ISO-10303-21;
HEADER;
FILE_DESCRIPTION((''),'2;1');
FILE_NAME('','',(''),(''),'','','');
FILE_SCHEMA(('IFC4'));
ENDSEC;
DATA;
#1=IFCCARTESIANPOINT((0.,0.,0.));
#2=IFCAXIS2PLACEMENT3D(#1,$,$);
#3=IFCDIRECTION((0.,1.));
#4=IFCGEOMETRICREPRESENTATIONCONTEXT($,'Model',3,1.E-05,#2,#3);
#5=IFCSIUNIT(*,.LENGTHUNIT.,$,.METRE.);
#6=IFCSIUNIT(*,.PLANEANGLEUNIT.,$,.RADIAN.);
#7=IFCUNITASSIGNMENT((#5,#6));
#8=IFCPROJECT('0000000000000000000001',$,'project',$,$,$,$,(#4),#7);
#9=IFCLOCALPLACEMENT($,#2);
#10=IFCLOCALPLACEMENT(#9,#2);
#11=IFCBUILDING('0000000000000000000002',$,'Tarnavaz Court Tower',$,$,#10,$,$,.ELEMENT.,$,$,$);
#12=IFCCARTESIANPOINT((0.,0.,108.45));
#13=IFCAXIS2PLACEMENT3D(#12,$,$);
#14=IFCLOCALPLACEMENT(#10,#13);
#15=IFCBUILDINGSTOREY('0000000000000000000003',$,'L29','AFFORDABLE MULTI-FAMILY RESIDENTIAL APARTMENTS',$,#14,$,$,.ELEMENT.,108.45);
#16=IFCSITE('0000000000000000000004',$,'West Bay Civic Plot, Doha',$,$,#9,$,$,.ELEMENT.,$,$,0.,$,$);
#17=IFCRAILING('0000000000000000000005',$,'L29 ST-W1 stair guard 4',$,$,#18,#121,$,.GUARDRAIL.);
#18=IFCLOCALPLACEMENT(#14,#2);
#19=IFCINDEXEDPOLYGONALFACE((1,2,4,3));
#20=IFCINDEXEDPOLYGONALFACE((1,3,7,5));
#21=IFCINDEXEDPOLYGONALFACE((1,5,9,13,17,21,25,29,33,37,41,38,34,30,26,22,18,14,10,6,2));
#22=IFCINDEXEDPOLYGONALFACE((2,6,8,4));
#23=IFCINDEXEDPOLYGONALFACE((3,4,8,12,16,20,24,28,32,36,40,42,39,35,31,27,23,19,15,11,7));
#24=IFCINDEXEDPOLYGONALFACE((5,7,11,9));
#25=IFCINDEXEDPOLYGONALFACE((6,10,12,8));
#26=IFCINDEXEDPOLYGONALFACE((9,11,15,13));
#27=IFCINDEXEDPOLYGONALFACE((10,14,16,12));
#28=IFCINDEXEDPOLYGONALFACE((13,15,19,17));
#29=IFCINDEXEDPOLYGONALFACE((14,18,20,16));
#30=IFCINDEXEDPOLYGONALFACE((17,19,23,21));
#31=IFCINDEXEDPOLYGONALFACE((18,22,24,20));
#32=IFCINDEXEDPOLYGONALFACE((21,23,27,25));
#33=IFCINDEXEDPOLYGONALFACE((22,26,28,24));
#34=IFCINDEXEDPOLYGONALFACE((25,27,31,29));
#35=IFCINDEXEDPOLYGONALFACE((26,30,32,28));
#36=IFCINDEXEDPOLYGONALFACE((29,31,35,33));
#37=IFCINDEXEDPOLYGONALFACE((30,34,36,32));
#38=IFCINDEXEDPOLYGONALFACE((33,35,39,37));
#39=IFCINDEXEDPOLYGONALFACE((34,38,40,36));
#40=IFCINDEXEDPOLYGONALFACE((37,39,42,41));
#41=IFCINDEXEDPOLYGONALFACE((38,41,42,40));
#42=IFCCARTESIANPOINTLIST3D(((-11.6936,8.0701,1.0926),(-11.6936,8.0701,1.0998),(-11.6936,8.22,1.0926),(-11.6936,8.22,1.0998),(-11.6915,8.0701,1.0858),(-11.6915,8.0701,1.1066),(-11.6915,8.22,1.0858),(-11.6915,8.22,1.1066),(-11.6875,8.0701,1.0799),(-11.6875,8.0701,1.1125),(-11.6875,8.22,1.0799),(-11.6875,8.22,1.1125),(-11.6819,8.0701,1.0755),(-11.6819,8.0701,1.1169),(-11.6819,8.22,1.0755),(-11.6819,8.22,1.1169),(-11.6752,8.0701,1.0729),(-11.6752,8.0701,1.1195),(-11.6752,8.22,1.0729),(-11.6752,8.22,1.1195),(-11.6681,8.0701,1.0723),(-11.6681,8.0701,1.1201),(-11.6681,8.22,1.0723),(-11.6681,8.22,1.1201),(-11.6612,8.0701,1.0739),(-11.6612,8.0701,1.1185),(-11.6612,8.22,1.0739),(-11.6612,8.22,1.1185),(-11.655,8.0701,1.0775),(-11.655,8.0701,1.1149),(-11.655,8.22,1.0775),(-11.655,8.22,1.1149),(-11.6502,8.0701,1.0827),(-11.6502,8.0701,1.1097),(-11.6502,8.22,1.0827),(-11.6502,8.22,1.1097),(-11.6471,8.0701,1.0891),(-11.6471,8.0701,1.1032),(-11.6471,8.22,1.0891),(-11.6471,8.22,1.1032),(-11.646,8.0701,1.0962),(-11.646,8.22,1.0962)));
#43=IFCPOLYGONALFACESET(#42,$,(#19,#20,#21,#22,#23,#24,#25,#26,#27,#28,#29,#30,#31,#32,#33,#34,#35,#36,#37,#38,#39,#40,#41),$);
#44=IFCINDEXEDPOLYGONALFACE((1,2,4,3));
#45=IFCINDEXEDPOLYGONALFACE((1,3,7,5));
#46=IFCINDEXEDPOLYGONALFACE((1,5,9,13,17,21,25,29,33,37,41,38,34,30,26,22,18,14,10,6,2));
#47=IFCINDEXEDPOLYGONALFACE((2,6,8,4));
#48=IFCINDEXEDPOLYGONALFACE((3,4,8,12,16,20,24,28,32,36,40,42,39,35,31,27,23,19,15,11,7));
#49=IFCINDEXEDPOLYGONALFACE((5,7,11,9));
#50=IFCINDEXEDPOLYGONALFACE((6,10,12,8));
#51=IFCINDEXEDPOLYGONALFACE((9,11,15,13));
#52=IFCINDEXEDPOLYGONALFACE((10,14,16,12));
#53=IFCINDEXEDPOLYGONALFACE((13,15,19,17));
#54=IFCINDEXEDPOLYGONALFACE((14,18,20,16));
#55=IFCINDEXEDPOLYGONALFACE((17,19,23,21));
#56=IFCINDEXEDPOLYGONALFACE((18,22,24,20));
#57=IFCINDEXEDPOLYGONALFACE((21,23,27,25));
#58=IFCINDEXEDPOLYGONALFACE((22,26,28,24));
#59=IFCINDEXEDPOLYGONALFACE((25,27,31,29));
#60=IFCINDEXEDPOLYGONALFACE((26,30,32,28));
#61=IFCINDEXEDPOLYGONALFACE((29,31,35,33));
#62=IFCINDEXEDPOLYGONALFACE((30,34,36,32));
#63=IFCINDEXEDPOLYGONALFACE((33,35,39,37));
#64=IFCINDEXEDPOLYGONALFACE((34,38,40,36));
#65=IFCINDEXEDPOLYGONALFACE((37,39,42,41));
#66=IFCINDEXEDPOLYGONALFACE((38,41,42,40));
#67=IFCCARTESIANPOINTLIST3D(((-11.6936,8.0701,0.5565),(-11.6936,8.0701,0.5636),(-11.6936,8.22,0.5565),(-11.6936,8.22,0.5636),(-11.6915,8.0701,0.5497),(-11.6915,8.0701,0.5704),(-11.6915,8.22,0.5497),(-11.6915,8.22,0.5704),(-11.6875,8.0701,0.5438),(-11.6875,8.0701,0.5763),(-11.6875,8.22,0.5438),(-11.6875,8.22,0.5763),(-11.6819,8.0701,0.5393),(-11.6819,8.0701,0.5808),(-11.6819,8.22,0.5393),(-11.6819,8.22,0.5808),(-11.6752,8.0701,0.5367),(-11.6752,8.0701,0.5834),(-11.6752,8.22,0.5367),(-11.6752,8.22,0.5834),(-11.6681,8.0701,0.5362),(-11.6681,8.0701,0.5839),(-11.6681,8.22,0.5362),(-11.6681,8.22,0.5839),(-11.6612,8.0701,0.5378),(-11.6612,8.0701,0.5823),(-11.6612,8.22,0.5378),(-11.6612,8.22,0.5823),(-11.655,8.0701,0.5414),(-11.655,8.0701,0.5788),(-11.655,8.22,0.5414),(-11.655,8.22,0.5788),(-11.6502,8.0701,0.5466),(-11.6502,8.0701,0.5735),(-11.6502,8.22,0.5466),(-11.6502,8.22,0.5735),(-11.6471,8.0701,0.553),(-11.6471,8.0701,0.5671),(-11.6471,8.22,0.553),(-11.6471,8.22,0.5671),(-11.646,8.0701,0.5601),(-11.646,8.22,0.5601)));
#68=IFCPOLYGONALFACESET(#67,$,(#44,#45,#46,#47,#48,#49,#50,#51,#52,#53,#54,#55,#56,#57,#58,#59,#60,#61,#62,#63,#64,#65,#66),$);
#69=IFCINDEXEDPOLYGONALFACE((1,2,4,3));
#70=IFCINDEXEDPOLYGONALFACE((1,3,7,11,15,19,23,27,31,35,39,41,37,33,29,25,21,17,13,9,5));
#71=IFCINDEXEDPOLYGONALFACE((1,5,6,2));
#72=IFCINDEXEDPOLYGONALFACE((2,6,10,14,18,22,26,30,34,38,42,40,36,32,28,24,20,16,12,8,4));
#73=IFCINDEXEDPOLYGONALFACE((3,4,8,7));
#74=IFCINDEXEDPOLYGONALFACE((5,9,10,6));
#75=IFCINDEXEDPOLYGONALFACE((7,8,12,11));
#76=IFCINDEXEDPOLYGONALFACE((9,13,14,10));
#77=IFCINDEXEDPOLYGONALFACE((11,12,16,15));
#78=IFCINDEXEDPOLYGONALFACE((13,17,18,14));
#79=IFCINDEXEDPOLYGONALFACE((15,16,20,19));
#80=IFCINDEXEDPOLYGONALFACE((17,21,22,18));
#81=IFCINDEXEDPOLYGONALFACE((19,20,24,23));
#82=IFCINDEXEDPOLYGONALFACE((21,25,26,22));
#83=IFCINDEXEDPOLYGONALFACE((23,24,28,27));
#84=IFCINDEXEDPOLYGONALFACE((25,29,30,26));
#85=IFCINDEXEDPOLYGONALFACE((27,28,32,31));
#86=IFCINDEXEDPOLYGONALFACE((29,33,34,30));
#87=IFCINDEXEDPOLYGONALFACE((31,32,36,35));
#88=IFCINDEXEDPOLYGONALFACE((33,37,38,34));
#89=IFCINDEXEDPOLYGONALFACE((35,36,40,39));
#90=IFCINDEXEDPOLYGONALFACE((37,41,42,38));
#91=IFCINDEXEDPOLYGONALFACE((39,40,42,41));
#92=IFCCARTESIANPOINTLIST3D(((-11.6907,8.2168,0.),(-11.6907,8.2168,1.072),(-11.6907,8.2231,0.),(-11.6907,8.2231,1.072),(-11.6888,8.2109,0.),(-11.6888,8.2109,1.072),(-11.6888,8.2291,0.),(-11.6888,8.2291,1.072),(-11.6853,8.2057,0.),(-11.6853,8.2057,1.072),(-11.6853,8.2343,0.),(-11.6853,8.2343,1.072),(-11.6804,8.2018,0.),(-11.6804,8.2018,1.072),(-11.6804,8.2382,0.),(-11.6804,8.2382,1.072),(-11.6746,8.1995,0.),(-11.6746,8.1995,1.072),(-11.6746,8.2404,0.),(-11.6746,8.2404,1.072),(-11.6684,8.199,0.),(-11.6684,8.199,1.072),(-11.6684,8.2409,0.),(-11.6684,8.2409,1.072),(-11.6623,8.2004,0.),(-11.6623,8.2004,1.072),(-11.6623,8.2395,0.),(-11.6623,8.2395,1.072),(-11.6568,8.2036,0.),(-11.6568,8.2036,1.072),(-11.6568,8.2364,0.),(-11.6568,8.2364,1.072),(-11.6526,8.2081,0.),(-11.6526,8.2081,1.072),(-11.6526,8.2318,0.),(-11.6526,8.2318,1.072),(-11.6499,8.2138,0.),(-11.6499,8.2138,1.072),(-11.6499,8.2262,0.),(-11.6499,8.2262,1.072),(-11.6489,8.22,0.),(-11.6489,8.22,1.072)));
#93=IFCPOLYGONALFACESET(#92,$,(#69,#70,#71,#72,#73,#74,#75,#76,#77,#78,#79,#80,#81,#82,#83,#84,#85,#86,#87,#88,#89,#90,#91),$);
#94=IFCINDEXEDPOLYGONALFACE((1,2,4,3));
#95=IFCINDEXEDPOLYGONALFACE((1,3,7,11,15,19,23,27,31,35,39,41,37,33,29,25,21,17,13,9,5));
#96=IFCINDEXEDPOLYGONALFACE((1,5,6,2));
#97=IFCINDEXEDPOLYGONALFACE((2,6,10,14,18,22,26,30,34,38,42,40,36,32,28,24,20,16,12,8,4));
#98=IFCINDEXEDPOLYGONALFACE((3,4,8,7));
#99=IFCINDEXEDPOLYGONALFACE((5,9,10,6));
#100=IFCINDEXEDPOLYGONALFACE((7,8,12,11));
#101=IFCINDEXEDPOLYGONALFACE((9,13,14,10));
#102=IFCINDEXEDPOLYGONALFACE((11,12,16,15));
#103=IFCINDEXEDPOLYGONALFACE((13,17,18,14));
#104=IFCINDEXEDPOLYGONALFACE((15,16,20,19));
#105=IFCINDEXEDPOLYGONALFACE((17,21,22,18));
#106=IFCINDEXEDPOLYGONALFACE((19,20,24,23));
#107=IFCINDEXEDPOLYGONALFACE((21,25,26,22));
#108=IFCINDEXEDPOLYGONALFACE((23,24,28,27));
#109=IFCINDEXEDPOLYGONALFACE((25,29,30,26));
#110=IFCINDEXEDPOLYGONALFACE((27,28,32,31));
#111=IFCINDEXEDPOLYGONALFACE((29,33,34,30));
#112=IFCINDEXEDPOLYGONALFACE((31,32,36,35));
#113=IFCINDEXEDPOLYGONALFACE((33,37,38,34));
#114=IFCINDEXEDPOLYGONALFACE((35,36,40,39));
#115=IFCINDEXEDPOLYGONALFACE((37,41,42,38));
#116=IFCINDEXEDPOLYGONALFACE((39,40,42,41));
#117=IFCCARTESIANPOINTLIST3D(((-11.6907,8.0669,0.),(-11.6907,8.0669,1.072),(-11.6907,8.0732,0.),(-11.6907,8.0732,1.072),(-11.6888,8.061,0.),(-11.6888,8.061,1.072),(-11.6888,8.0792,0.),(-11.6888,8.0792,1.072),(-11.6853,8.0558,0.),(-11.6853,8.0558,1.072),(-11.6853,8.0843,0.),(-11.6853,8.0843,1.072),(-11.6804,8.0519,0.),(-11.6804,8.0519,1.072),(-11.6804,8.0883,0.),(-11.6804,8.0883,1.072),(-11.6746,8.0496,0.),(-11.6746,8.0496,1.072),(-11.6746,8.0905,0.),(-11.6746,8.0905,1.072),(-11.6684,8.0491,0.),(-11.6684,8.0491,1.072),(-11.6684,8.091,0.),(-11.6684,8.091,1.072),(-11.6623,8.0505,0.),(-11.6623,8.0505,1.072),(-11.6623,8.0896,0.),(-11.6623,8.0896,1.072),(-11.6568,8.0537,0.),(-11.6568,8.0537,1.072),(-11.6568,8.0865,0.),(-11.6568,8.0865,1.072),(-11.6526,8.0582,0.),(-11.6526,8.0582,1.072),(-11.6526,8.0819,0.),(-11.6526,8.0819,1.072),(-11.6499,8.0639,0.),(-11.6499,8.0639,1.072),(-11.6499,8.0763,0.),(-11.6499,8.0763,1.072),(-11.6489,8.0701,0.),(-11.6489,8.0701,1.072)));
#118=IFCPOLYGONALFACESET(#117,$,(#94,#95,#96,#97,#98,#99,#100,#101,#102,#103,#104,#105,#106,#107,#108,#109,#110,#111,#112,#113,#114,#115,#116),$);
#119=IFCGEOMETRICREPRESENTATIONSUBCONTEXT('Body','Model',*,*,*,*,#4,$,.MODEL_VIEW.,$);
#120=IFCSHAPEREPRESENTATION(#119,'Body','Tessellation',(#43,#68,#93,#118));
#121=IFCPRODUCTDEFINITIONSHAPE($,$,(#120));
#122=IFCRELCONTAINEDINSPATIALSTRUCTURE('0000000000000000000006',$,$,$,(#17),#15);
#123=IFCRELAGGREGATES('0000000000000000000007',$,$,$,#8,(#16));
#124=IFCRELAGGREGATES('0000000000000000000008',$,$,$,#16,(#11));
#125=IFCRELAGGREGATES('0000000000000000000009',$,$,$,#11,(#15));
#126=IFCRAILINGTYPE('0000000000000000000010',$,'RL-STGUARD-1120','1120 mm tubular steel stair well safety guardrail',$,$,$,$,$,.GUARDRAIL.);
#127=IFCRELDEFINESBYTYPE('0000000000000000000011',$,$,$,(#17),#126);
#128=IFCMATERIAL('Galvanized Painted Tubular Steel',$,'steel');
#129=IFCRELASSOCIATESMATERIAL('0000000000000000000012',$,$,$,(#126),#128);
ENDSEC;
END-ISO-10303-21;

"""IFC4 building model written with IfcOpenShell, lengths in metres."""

from ifc_helpers import new_model, si_unit, direction, frame, origin, origin_2d, place, context, subcontext, project, spatial, circle, extrude, material, type_object, element, save


model = new_model("IFC4")

# Units and contexts
model_context = context("Model", 3, precision=1e-05, world=origin(), true_north=direction((0.0, 1.0)))
body_context = subcontext(model_context, "Body", "Model", "MODEL_VIEW")
ifc_project = project(units=[si_unit("LENGTHUNIT", "METRE"), si_unit("PLANEANGLEUNIT", "RADIAN")], contexts=[model_context])

# Site, building, storey
site_placement = place(None, origin())
site = spatial("IfcSite", under=ifc_project, at=site_placement, Name="West Bay Civic Plot, Doha", CompositionType="ELEMENT", RefElevation=0.0)
building_placement = place(site_placement, origin())
building = spatial("IfcBuilding", under=site, at=building_placement, Name="Tarnavaz Court Tower", CompositionType="ELEMENT")
storey_placement = place(building_placement, frame((0.0, 0.0, 108.45)))
storey = spatial("IfcBuildingStorey", under=building, at=storey_placement, Name="L29", Description="AFFORDABLE MULTI-FAMILY RESIDENTIAL APARTMENTS", CompositionType="ELEMENT", Elevation=108.45)

# Railing
ifc_material_1 = material(Name="Galvanized Painted Tubular Steel", Category="steel")
railing_type_1 = type_object("IfcRailingType", Name="RL-STGUARD-1120", Description="1120 mm tubular steel stair well safety guardrail", PredefinedType="GUARDRAIL", material=ifc_material_1)
railing_1_placement = place(storey_placement, frame((-11.6699, 8.22, 0.0)))
element("IfcRailing", 1, at=railing_1_placement, inside=storey, type_object=railing_type_1, Name="L29 ST-W1 stair guard 4", PredefinedType="GUARDRAIL", context=body_context, shape_type="SweptSolid", body=[
    extrude(circle(Radius=0.0239, at=origin_2d()), frame((0.0, 0.0, 1.0962), z_axis=(0.0, -1.0, 0.0), x_axis=(1.0, 0.0, 0.0)), (0.0, 0.0, 1.0), 0.1499),
    extrude(circle(Radius=0.0239, at=origin_2d()), frame((0.0, 0.0, 0.5601), z_axis=(0.0, -1.0, 0.0), x_axis=(1.0, 0.0, 0.0)), (0.0, 0.0, 1.0), 0.1499),
    extrude(circle(Radius=0.021, at=origin_2d()), origin(), (0.0, 0.0, 1.0), 1.072),
    extrude(circle(Radius=0.021, at=origin_2d()), frame((0.0, -0.1499, 0.0)), (0.0, 0.0, 1.0), 1.072),
])

save(model, "model.ifc")
